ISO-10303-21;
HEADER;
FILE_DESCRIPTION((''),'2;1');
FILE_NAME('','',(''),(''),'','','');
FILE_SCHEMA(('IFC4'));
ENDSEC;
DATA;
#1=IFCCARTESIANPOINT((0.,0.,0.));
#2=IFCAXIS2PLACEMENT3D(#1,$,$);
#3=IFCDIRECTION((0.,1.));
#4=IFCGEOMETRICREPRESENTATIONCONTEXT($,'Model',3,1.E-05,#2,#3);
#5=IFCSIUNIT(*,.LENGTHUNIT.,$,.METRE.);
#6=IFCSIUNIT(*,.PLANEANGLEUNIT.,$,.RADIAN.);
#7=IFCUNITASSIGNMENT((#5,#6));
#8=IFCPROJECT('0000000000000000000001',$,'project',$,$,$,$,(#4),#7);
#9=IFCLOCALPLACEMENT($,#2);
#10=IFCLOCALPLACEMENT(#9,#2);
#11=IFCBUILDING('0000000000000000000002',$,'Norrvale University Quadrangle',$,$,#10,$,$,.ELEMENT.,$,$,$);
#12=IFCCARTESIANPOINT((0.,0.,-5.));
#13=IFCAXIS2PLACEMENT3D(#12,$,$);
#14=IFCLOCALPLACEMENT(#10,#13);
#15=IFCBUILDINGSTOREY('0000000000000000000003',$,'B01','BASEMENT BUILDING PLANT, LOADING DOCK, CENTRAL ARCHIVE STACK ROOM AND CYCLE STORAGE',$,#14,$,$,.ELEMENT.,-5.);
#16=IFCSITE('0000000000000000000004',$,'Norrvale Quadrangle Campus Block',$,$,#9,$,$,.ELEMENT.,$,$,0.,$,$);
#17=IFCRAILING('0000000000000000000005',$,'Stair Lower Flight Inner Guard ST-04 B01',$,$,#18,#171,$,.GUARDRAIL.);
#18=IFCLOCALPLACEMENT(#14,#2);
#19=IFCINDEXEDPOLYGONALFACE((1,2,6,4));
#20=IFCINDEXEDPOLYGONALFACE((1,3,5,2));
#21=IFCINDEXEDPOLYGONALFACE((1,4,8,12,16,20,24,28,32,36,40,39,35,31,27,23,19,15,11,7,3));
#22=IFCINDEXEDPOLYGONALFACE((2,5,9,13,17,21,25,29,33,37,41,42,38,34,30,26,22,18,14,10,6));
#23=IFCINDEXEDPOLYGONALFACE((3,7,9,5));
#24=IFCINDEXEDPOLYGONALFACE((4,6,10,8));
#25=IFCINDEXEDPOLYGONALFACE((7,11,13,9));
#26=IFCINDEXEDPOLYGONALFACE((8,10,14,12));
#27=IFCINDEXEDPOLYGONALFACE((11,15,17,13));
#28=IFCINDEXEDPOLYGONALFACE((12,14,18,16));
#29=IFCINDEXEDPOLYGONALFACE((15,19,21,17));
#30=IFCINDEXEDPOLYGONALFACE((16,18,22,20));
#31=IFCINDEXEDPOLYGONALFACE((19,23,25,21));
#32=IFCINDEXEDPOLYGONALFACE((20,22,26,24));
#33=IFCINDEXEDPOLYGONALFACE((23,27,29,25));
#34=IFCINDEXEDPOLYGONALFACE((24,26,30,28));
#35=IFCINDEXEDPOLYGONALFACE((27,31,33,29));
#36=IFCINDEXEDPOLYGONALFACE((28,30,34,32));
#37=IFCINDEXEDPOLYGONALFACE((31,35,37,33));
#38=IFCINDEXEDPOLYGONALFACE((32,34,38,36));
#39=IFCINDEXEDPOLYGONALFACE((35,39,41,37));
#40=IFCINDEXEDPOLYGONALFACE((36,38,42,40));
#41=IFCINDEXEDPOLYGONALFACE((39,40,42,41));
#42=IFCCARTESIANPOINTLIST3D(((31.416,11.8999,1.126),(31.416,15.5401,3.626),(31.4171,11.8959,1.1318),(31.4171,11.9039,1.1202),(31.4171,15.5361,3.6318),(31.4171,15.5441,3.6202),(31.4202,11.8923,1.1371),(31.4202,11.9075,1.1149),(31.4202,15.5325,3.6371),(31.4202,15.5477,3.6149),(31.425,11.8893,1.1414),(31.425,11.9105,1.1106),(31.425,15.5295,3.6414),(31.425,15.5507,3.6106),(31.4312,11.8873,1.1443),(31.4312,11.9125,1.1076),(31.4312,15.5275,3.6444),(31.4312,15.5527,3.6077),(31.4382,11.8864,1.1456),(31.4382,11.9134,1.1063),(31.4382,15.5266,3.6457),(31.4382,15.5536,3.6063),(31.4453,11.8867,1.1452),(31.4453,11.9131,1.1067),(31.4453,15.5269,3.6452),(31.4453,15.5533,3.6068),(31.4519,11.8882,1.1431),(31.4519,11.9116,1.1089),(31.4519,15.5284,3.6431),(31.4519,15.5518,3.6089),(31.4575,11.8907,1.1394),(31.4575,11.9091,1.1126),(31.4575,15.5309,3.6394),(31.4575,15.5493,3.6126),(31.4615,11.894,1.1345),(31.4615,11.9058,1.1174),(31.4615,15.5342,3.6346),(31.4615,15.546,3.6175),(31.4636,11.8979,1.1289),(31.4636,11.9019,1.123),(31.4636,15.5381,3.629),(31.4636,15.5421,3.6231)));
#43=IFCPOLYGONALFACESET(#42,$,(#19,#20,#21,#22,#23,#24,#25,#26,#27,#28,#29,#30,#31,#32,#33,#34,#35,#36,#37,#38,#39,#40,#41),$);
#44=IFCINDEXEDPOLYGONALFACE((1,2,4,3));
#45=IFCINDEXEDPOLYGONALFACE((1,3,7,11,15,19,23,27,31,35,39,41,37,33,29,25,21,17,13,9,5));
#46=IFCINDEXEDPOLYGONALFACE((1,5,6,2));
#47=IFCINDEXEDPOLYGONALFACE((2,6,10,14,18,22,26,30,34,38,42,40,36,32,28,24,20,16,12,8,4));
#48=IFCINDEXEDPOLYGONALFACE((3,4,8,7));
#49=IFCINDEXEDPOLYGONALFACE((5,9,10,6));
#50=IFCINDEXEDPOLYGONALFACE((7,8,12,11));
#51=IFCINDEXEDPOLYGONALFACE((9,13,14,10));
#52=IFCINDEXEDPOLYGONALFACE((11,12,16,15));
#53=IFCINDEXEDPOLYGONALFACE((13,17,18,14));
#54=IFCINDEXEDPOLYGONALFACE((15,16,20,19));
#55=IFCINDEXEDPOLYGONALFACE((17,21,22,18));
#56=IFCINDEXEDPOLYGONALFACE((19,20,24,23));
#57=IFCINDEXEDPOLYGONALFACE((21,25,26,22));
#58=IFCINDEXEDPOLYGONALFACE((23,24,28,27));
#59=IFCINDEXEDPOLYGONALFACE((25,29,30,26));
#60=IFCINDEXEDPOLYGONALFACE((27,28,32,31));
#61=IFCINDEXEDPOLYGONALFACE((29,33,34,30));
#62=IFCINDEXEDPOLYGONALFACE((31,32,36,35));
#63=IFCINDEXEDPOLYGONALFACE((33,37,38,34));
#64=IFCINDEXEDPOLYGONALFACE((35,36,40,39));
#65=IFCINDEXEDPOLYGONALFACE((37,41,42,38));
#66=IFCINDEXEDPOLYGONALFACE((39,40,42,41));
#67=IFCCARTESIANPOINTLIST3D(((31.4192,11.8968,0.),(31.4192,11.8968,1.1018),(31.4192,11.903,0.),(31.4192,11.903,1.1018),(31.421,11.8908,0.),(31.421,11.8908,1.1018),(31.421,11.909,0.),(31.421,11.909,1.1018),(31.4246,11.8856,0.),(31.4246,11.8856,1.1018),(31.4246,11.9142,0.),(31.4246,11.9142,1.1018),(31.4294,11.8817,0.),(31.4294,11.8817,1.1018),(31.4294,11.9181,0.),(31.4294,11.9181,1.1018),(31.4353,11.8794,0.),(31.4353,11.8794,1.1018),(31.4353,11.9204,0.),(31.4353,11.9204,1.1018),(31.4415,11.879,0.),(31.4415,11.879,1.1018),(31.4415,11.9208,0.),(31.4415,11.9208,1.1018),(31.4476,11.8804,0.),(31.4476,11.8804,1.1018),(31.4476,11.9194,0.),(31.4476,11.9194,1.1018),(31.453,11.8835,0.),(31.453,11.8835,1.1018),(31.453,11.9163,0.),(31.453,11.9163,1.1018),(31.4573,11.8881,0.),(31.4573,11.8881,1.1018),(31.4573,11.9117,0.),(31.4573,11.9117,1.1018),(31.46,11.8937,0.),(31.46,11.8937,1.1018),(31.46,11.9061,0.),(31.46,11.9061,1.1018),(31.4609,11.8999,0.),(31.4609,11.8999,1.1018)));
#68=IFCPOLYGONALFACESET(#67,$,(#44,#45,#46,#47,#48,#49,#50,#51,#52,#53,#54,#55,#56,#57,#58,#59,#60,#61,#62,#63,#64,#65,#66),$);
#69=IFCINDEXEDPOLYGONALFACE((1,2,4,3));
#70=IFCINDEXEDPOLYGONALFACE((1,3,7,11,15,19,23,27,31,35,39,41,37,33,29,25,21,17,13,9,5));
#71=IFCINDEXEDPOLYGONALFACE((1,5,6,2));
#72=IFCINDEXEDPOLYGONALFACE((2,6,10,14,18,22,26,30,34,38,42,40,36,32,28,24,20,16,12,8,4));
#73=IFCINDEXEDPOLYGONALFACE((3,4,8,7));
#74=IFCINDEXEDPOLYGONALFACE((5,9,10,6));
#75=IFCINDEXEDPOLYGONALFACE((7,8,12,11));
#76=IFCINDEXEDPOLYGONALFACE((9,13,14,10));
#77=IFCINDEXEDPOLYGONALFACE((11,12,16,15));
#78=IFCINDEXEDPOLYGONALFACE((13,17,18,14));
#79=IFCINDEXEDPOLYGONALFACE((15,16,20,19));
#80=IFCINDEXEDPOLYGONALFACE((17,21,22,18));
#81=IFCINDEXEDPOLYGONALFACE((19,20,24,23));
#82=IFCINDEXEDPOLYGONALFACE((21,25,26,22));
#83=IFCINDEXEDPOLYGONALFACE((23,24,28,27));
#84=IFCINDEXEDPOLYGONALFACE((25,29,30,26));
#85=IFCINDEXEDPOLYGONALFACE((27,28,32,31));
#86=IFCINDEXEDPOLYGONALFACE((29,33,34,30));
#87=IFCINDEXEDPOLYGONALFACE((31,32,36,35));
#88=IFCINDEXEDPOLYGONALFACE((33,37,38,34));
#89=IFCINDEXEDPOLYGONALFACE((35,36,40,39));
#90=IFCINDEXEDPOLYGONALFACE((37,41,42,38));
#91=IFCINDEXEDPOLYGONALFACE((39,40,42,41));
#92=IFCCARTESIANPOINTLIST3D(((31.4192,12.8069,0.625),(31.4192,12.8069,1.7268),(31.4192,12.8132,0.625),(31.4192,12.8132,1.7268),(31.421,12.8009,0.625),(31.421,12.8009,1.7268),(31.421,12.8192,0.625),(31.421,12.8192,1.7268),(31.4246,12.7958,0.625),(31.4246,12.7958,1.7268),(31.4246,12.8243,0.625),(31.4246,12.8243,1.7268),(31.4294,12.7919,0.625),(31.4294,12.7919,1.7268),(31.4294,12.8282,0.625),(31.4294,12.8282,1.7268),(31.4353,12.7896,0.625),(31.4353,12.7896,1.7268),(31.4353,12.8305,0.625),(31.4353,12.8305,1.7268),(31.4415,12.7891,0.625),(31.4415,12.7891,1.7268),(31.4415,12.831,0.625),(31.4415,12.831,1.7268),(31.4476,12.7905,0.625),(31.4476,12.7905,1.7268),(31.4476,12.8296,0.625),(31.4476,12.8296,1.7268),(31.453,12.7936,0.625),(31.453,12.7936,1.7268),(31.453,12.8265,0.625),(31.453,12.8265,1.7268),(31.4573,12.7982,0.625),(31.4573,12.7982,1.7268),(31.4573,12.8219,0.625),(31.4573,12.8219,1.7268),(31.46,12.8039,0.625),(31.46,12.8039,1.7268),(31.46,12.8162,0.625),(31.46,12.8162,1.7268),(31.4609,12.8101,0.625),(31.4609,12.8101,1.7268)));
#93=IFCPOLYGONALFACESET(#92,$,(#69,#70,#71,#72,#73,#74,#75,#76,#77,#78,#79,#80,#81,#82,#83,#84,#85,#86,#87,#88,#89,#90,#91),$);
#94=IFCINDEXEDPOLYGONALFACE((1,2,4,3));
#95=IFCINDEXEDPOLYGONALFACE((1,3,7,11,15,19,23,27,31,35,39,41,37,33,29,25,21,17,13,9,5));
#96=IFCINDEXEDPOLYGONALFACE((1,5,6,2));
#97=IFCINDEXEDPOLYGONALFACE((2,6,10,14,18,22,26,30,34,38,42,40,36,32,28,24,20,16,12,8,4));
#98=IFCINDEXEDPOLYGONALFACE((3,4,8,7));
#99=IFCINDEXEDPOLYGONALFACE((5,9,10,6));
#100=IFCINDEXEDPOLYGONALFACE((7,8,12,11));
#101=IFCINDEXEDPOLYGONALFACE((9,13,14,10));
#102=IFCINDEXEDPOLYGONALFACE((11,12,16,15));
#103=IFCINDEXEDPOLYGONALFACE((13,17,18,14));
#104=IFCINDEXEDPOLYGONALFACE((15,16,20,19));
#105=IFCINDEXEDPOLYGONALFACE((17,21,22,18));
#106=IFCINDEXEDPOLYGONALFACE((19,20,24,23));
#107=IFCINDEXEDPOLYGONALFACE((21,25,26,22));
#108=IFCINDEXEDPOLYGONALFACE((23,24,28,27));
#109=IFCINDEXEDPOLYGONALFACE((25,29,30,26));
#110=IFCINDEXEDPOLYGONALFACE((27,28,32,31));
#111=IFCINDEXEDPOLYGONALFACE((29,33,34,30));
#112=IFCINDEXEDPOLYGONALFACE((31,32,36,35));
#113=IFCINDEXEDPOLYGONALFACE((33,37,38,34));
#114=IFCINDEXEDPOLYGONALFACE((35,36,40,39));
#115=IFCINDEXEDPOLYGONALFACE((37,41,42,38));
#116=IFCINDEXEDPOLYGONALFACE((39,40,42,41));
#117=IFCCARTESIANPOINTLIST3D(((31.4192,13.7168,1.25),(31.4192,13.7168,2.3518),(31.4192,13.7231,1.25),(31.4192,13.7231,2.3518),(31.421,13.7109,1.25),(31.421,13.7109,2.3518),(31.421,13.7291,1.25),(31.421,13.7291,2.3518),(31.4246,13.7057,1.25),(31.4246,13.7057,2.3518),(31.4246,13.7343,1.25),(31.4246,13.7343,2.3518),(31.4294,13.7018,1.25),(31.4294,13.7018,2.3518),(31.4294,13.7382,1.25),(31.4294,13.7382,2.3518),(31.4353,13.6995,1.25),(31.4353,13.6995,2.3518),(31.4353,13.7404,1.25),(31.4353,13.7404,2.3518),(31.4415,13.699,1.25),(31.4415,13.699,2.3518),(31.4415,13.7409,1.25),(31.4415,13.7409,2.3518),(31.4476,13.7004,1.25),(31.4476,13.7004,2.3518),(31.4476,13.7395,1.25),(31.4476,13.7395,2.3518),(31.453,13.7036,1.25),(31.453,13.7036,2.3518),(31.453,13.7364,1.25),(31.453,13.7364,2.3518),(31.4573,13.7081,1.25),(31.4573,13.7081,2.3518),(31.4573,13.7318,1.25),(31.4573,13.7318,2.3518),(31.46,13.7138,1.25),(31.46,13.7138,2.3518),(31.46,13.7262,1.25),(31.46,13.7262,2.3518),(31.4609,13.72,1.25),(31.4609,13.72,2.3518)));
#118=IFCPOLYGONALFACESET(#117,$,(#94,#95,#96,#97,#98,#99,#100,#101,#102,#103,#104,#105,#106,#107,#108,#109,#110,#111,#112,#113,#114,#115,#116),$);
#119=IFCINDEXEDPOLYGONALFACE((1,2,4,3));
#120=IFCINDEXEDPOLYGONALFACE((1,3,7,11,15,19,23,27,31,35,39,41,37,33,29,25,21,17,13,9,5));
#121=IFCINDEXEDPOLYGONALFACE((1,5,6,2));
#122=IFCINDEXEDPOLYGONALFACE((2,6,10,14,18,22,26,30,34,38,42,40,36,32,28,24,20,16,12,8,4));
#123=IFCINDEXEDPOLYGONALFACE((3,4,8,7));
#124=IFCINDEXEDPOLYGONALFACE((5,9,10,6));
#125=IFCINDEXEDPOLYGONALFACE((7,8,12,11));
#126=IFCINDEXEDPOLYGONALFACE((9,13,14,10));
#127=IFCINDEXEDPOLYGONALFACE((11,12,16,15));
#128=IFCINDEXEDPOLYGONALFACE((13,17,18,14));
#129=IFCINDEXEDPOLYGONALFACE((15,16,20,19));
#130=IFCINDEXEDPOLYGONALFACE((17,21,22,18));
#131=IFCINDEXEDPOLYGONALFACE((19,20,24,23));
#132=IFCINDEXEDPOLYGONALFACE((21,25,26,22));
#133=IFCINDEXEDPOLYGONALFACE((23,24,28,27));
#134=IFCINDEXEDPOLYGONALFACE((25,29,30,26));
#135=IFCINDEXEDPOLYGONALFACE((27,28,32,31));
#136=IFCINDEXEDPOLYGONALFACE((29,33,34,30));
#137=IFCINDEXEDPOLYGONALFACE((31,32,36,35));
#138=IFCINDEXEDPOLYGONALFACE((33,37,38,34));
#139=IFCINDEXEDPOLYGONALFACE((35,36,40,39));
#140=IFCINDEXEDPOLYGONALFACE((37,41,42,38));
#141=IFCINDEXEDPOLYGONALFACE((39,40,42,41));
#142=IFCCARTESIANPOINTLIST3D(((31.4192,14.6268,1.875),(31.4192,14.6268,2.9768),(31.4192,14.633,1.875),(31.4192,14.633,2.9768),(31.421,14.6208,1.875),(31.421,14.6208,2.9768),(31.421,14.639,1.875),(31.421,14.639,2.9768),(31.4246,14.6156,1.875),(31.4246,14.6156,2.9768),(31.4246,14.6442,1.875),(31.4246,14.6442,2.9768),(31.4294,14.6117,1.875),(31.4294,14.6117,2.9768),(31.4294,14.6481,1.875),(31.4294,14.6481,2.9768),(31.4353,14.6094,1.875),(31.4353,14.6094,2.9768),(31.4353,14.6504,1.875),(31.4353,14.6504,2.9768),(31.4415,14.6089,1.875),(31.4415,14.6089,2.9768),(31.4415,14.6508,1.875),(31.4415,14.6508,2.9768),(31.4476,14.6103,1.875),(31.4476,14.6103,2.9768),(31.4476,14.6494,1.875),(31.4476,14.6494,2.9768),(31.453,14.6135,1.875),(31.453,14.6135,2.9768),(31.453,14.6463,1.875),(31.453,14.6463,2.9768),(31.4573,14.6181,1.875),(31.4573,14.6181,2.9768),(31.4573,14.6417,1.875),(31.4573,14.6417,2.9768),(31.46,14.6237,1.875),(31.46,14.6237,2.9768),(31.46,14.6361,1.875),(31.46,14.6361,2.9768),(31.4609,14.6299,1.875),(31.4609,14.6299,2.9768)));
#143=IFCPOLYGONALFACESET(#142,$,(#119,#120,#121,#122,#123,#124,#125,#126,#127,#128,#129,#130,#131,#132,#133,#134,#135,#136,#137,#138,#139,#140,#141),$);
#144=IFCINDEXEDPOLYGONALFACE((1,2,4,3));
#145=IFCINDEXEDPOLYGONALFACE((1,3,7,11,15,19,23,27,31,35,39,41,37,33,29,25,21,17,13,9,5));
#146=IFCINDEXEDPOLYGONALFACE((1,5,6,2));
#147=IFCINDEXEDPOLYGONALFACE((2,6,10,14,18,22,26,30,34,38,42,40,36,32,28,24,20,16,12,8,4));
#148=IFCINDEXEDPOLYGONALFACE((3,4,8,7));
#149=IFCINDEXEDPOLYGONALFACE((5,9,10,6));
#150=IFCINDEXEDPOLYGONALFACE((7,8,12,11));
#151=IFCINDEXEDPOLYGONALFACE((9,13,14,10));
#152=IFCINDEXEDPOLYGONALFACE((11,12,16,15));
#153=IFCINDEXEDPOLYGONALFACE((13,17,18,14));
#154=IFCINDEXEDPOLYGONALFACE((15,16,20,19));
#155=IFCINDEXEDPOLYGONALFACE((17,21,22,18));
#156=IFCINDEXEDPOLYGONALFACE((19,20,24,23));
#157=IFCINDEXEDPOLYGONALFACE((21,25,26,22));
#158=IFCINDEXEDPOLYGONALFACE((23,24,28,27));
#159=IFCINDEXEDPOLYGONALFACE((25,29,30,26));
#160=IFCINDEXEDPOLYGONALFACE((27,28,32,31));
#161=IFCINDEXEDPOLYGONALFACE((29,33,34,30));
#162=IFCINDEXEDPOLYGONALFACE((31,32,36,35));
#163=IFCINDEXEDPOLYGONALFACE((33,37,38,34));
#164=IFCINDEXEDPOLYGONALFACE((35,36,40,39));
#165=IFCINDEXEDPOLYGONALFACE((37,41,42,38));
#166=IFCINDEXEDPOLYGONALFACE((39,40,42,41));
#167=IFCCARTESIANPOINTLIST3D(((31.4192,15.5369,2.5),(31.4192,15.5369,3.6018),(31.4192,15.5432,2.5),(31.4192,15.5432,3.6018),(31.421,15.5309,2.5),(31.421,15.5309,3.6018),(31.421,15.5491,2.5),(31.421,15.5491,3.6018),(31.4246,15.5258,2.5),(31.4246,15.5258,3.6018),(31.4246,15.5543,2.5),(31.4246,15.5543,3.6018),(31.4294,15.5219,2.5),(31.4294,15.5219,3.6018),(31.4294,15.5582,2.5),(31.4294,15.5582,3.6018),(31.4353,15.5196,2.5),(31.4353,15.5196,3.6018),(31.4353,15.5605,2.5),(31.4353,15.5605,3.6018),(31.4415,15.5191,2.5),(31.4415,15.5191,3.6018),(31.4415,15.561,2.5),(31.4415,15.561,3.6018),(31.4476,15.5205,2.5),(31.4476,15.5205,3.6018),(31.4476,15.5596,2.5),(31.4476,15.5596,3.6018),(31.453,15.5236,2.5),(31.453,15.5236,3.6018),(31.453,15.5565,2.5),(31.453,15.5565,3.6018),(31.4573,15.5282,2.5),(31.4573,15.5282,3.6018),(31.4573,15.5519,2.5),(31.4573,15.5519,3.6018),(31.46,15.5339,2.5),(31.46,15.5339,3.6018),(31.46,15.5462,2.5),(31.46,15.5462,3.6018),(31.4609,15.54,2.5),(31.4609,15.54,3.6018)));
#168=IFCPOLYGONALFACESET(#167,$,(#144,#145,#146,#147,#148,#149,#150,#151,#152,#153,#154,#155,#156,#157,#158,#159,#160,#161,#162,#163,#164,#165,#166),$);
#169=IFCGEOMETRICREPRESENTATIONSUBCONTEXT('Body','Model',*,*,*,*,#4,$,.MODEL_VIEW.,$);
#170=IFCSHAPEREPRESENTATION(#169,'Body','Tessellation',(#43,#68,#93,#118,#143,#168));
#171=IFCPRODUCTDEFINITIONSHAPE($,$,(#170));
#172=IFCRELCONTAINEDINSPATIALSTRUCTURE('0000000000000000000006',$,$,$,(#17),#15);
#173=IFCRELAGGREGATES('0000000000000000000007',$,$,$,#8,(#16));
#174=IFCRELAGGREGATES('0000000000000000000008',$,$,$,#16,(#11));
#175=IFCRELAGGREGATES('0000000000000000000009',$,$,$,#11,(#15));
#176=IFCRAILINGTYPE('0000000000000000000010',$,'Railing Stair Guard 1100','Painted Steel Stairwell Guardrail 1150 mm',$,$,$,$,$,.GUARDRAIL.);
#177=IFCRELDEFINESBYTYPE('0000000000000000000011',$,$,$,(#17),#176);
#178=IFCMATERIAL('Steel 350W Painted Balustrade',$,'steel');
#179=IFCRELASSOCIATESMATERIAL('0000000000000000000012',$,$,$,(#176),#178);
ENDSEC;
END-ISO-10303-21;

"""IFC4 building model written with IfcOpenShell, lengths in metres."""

from ifc_helpers import new_model, si_unit, direction, frame, origin, origin_2d, place, context, subcontext, project, spatial, circle, extrude, material, type_object, element, save


model = new_model("IFC4")

# Units and contexts
model_context = context("Model", 3, precision=1e-05, world=origin(), true_north=direction((0.0, 1.0)))
body_context = subcontext(model_context, "Body", "Model", "MODEL_VIEW")
ifc_project = project(units=[si_unit("LENGTHUNIT", "METRE"), si_unit("PLANEANGLEUNIT", "RADIAN")], contexts=[model_context])

# Site, building, storey
site_placement = place(None, origin())
site = spatial("IfcSite", under=ifc_project, at=site_placement, Name="Norrvale Quadrangle Campus Block", CompositionType="ELEMENT", RefElevation=0.0)
building_placement = place(site_placement, origin())
building = spatial("IfcBuilding", under=site, at=building_placement, Name="Norrvale University Quadrangle", CompositionType="ELEMENT")
storey_placement = place(building_placement, frame((0.0, 0.0, -5.0)))
storey = spatial("IfcBuildingStorey", under=building, at=storey_placement, Name="B01", Description="BASEMENT BUILDING PLANT, LOADING DOCK, CENTRAL ARCHIVE STACK ROOM AND CYCLE STORAGE", CompositionType="ELEMENT", Elevation=-5.0)

# Railing
ifc_material_1 = material(Name="Steel 350W Painted Balustrade", Category="steel")
railing_type_1 = type_object("IfcRailingType", Name="Railing Stair Guard 1100", Description="Painted Steel Stairwell Guardrail 1150 mm", PredefinedType="GUARDRAIL", material=ifc_material_1)
railing_1_placement = place(storey_placement, frame((31.4399, 11.8999, 0.0)))
element("IfcRailing", 1, at=railing_1_placement, inside=storey, type_object=railing_type_1, Name="Stair Lower Flight Inner Guard ST-04 B01", PredefinedType="GUARDRAIL", context=body_context, shape_type="SweptSolid", body=[
    extrude(circle(Radius=0.0239, at=origin_2d()), frame((0.0, 0.0, 1.126), z_axis=(0.0, 0.824316, 0.56613), x_axis=(-1.0, 0.0, 0.0)), (0.0, 0.0, 1.0), 4.416),
    extrude(circle(Radius=0.021, at=origin_2d()), origin(), (0.0, 0.0, 1.0), 1.1018),
    extrude(circle(Radius=0.021, at=origin_2d()), frame((0.0, 0.9102, 0.625)), (0.0, 0.0, 1.0), 1.1018),
    extrude(circle(Radius=0.021, at=origin_2d()), frame((0.0, 1.8201, 1.25)), (0.0, 0.0, 1.0), 1.1018),
    extrude(circle(Radius=0.021, at=origin_2d()), frame((0.0, 2.73, 1.875)), (0.0, 0.0, 1.0), 1.1018),
    extrude(circle(Radius=0.021, at=origin_2d()), frame((0.0, 3.6401, 2.5)), (0.0, 0.0, 1.0), 1.1018),
])

save(model, "model.ifc")
